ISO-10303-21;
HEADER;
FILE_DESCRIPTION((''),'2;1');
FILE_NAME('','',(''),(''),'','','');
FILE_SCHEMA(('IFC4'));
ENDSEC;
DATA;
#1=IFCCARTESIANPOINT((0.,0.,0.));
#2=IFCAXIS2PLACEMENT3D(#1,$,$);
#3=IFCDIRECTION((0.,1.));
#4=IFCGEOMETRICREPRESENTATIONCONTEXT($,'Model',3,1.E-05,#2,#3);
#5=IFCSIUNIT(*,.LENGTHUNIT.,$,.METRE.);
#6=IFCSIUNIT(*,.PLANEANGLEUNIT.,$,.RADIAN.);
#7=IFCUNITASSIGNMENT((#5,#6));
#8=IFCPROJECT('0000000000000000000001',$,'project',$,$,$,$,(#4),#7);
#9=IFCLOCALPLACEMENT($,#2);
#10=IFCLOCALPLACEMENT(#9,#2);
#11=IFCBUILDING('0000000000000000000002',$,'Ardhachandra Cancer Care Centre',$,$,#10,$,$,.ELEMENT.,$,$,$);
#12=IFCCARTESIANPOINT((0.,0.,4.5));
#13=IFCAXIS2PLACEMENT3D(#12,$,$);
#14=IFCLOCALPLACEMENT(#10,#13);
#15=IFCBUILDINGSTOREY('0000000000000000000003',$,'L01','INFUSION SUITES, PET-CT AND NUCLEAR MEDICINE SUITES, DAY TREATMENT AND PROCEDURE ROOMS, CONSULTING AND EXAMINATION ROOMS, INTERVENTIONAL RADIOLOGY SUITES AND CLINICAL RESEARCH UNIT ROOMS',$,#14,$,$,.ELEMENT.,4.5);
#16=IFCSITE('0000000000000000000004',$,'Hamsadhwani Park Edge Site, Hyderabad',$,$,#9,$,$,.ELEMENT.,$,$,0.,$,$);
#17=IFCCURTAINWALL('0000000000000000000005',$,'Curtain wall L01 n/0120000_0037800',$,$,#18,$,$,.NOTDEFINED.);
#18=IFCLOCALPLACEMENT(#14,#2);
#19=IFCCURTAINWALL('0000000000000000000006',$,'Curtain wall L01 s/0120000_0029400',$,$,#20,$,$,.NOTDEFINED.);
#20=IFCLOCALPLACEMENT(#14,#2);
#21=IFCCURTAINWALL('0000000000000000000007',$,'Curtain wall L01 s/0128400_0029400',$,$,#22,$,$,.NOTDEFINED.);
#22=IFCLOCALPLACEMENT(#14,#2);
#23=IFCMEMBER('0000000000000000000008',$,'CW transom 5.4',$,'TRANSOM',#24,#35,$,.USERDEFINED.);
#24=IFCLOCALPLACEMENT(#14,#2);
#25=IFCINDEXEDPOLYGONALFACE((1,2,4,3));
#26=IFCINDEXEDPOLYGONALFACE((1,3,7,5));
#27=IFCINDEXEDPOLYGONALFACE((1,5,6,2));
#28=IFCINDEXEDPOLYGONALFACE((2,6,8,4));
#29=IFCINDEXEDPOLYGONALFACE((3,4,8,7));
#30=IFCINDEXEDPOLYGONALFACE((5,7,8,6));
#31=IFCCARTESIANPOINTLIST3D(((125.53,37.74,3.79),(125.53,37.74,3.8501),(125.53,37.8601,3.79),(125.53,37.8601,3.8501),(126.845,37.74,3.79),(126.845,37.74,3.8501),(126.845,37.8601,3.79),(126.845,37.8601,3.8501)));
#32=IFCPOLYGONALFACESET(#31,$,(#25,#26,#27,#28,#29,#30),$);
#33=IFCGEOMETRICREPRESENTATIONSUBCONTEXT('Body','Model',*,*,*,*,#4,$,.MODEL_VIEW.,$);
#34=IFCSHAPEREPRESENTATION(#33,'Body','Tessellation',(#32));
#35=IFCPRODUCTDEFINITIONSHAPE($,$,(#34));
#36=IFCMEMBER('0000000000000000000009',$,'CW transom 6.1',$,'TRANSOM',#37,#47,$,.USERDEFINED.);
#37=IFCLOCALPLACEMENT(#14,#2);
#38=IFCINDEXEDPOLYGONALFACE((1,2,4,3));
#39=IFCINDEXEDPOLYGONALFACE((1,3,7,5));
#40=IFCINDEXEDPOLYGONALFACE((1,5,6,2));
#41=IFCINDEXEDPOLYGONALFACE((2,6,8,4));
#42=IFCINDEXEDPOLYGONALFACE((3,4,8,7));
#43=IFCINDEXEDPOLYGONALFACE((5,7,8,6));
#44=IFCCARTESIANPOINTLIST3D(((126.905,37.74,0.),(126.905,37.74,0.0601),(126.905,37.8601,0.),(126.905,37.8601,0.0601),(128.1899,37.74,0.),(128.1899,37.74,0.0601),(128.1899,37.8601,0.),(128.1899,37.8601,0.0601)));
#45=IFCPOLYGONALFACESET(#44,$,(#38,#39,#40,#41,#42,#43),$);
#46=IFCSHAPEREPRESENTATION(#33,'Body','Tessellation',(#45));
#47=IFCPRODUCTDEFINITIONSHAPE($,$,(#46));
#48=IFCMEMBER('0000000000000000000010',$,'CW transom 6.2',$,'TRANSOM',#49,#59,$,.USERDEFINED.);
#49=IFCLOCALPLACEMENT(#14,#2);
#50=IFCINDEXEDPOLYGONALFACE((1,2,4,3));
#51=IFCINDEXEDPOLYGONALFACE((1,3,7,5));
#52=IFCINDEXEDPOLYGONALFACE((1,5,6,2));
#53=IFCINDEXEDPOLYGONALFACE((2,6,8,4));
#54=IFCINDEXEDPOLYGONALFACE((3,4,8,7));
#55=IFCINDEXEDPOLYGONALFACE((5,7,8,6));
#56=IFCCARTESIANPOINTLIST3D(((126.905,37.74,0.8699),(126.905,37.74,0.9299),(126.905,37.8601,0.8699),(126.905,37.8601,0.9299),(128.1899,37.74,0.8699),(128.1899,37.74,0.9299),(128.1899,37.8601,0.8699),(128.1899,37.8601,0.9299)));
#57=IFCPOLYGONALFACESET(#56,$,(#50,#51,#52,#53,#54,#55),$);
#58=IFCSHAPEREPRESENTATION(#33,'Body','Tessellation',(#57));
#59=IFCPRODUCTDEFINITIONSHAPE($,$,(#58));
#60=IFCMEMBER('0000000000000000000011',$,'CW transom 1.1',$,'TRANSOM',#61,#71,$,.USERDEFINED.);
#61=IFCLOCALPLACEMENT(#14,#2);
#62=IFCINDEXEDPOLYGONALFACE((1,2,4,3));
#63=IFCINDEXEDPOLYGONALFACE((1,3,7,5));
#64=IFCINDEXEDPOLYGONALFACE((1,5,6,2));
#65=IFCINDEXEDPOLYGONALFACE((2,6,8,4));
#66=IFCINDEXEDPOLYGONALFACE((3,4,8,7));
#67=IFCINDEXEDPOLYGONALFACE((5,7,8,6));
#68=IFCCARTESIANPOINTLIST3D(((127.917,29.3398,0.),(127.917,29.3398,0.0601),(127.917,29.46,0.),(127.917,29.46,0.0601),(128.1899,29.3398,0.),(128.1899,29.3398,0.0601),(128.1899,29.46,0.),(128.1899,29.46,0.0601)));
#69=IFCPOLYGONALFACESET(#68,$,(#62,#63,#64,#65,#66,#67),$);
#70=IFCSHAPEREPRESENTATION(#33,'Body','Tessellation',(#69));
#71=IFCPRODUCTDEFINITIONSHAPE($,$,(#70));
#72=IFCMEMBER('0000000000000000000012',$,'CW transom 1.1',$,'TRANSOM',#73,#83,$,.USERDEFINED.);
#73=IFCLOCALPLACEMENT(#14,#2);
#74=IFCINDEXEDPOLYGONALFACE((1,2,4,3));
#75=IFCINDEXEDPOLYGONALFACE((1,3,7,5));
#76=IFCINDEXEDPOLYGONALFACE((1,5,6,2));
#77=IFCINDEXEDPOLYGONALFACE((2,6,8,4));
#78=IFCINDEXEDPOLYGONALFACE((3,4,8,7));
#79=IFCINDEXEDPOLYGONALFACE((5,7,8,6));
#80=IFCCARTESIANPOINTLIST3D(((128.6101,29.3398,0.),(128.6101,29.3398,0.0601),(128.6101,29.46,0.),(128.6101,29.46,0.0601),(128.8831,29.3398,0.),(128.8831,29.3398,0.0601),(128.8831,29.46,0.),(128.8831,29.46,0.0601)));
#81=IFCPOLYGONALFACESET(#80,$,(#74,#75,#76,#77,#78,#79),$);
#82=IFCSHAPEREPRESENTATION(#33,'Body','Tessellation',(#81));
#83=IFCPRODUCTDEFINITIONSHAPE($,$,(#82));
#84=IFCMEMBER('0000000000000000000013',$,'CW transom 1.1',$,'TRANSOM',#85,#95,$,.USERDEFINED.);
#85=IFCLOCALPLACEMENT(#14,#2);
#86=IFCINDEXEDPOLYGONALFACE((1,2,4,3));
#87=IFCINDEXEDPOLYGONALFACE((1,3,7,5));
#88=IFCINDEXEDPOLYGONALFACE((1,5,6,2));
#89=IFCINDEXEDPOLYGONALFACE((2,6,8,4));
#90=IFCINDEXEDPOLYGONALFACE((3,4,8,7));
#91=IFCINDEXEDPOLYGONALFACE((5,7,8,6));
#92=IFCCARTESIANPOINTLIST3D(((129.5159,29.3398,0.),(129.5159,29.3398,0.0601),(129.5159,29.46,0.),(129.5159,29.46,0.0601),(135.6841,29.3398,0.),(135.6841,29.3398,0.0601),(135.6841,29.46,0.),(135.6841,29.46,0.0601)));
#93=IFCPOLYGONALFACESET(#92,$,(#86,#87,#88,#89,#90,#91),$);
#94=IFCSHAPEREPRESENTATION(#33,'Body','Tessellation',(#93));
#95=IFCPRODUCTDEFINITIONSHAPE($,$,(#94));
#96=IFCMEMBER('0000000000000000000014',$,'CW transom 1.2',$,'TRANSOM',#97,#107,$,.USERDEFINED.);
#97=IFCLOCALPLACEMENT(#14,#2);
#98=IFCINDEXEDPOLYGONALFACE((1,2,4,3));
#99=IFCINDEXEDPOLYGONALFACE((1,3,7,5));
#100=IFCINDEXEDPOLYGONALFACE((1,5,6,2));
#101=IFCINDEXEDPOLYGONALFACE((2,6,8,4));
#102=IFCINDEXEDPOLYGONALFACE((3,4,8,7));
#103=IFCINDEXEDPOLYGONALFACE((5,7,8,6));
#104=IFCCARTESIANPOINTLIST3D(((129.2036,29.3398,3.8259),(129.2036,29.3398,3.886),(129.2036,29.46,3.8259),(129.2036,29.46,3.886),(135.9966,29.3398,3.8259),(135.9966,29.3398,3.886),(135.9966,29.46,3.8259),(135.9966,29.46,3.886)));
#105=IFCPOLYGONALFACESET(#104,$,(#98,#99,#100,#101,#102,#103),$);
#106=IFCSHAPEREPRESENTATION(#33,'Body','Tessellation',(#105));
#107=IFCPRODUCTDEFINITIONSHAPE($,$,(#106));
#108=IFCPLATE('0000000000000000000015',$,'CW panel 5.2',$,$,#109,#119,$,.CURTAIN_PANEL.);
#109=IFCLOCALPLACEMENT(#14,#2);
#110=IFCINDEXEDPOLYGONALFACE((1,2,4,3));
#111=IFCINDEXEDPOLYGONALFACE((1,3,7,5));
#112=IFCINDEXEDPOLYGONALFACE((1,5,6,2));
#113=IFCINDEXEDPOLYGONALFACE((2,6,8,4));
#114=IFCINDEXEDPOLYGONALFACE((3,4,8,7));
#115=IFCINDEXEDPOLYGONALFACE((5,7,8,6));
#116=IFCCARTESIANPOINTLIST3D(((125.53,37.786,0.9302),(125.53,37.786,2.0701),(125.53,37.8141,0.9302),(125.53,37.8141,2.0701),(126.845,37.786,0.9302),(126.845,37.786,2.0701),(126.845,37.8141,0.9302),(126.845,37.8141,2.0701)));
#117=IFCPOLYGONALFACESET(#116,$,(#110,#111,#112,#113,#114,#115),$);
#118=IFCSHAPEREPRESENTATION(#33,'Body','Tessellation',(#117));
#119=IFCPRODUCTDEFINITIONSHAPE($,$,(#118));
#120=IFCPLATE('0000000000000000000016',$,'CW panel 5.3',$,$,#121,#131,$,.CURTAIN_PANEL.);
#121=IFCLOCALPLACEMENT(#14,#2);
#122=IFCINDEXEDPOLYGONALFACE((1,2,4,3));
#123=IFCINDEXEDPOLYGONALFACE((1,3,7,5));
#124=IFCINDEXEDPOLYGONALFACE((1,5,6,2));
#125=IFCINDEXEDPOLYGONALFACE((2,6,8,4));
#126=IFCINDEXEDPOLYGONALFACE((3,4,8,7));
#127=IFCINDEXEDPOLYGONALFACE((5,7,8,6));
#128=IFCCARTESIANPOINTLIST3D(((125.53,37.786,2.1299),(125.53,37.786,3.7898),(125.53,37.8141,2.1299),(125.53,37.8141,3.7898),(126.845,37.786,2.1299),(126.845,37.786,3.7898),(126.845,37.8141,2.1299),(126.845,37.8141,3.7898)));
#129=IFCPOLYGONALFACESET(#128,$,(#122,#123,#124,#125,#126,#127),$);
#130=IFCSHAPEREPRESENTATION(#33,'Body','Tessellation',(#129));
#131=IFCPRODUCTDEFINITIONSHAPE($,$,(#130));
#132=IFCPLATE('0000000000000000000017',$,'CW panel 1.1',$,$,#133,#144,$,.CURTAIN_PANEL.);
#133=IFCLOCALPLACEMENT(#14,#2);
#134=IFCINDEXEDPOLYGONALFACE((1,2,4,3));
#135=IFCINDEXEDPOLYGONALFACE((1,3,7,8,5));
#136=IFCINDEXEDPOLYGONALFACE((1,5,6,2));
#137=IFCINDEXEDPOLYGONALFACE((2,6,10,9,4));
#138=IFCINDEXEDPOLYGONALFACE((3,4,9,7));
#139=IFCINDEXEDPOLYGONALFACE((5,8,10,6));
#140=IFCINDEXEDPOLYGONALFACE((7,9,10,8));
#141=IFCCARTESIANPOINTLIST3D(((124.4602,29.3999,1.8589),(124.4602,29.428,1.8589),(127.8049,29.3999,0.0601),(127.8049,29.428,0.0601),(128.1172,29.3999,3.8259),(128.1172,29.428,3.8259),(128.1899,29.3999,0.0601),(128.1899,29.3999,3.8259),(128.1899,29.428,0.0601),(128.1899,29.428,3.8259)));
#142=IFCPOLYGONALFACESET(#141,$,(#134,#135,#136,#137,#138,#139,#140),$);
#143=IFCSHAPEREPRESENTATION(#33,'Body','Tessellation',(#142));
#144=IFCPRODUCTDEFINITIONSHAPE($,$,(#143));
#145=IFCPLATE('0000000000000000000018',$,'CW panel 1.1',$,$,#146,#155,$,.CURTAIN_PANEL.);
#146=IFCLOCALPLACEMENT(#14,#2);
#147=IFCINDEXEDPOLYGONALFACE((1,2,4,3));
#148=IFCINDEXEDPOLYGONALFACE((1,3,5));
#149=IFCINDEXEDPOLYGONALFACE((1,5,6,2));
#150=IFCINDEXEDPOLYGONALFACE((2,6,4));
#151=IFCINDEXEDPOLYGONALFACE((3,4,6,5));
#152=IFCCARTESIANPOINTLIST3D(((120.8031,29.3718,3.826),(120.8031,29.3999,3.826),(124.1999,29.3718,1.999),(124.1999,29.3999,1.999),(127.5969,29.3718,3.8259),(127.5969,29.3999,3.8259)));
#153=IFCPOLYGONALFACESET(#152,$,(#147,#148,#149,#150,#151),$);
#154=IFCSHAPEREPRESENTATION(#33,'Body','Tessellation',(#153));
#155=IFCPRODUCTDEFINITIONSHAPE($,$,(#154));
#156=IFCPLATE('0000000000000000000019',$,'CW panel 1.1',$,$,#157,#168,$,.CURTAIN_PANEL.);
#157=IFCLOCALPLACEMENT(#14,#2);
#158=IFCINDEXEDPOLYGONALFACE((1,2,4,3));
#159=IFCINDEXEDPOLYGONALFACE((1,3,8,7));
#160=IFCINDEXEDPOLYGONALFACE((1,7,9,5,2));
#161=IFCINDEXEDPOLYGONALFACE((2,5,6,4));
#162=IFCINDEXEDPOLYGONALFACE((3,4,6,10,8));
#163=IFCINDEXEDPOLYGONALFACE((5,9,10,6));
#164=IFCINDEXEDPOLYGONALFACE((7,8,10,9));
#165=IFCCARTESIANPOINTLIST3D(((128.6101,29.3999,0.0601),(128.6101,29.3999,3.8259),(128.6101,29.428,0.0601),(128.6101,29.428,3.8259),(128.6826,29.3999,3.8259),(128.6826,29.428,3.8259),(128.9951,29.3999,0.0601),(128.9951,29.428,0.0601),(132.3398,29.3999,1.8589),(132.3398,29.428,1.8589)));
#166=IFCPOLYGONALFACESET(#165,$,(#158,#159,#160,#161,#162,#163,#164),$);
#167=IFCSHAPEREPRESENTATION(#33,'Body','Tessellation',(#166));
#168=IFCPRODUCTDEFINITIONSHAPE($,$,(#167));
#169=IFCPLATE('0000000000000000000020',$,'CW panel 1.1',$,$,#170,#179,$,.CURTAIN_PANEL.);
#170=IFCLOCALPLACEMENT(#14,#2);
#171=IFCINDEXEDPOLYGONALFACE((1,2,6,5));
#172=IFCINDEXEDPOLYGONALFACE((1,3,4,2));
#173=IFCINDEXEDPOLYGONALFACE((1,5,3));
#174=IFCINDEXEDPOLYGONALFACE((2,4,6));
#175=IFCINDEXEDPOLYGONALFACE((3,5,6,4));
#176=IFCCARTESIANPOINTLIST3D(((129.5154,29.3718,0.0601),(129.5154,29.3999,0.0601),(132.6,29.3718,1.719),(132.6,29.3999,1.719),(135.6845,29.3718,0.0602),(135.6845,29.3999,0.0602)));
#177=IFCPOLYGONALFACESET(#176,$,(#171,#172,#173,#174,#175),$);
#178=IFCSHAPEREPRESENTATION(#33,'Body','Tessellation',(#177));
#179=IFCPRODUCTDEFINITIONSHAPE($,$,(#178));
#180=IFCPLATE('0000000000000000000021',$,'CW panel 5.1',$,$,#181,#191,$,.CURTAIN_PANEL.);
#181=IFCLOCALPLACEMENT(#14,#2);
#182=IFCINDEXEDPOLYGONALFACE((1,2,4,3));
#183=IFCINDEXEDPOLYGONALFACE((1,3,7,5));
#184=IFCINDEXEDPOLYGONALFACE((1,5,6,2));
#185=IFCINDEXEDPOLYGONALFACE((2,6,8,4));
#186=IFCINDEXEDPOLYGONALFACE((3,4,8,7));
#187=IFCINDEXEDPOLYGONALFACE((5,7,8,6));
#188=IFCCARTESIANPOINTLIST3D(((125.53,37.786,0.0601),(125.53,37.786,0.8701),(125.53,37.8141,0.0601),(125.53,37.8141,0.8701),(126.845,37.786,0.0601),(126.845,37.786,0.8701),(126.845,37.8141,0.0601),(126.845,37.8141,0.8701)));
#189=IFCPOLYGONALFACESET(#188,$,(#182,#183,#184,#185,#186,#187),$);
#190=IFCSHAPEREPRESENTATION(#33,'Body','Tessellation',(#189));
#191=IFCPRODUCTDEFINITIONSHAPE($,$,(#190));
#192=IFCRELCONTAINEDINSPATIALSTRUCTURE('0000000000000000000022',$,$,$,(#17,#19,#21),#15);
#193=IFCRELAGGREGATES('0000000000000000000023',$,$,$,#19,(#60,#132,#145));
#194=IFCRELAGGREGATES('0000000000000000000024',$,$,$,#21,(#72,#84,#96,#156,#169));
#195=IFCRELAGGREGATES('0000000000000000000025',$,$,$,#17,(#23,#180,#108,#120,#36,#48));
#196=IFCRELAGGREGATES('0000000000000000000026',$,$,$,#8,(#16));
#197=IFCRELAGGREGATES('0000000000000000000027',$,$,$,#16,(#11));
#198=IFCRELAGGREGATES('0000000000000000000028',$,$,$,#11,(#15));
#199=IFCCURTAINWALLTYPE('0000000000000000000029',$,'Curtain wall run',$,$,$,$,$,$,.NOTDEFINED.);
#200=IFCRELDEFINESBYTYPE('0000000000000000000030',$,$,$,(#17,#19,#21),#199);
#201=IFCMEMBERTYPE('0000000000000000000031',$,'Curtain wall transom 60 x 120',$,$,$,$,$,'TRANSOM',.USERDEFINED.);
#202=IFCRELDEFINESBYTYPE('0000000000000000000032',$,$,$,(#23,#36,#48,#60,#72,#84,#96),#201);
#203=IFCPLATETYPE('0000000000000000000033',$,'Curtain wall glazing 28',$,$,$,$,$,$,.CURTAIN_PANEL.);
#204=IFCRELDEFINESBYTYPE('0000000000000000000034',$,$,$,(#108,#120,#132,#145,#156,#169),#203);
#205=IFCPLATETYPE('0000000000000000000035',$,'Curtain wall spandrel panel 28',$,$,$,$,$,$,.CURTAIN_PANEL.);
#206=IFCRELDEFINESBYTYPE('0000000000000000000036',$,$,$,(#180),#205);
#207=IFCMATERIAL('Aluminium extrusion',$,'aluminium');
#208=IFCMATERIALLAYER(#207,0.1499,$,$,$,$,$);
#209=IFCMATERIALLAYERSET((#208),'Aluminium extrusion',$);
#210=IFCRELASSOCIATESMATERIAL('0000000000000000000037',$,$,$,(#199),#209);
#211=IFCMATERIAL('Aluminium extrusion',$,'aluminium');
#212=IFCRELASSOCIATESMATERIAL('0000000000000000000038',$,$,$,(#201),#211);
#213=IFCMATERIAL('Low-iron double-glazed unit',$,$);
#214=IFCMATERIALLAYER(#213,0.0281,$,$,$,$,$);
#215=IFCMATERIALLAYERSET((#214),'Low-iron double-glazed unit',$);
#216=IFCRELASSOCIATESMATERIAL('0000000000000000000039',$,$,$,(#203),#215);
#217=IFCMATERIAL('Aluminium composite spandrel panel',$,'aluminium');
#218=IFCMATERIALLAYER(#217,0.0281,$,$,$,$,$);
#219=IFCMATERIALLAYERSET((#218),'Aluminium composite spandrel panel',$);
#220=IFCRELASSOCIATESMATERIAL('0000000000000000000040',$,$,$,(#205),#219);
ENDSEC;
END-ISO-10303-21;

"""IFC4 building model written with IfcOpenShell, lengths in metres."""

from ifc_helpers import new_model, si_unit, direction, frame, origin, origin_2d, place, context, subcontext, project, spatial, polyline, rectangle, outline, extrude, material, layer, layer_set, material_profile, profile_set, type_object, element, aggregate, save


model = new_model("IFC4")

# Units and contexts
model_context = context("Model", 3, precision=1e-05, world=origin(), true_north=direction((0.0, 1.0)))
body_context = subcontext(model_context, "Body", "Model", "MODEL_VIEW")
ifc_project = project(units=[si_unit("LENGTHUNIT", "METRE"), si_unit("PLANEANGLEUNIT", "RADIAN")], contexts=[model_context])

# Site, building, storey
site_placement = place(None, origin())
site = spatial("IfcSite", under=ifc_project, at=site_placement, Name="Hamsadhwani Park Edge Site, Hyderabad", CompositionType="ELEMENT", RefElevation=0.0)
building_placement = place(site_placement, origin())
building = spatial("IfcBuilding", under=site, at=building_placement, Name="Ardhachandra Cancer Care Centre", CompositionType="ELEMENT")
storey_placement = place(building_placement, frame((0.0, 0.0, 4.5)))
storey = spatial("IfcBuildingStorey", under=building, at=storey_placement, Name="L01", Description="INFUSION SUITES, PET-CT AND NUCLEAR MEDICINE SUITES, DAY TREATMENT AND PROCEDURE ROOMS, CONSULTING AND EXAMINATION ROOMS, INTERVENTIONAL RADIOLOGY SUITES AND CLINICAL RESEARCH UNIT ROOMS", CompositionType="ELEMENT", Elevation=4.5)

# Curtain walls
ifc_material_1 = material(Name="Aluminium extrusion", Category="aluminium")
ifc_layer_1 = layer(ifc_material_1, 0.1499)
ifc_layer_set_1 = layer_set([ifc_layer_1], Name="Aluminium extrusion")
curtain_wall_type = type_object("IfcCurtainWallType", Name="Curtain wall run", PredefinedType="NOTDEFINED", material=ifc_layer_set_1)
curtain_wall_1_placement = place(storey_placement, origin())
curtain_wall_1 = element("IfcCurtainWall", 1, at=curtain_wall_1_placement, inside=storey, type_object=curtain_wall_type, Name="Curtain wall L01 n/0120000_0037800", PredefinedType="NOTDEFINED")
curtain_wall_2_placement = place(storey_placement, origin())
curtain_wall_2 = element("IfcCurtainWall", 2, at=curtain_wall_2_placement, inside=storey, type_object=curtain_wall_type, Name="Curtain wall L01 s/0120000_0029400", PredefinedType="NOTDEFINED")
curtain_wall_3_placement = place(storey_placement, origin())
curtain_wall_3 = element("IfcCurtainWall", 3, at=curtain_wall_3_placement, inside=storey, type_object=curtain_wall_type, Name="Curtain wall L01 s/0128400_0029400", PredefinedType="NOTDEFINED")

# Members
ifc_material_2 = material(Name="Aluminium extrusion", Category="aluminium")
ifc_material_profile_1 = material_profile(ifc_material_2, rectangle(XDim=0.1201, YDim=0.0601, at=origin_2d()), Name="Curtain wall transom 60 x 120")
ifc_profile_set_1 = profile_set([ifc_material_profile_1], Name="Aluminium extrusion")
member_type_1 = type_object("IfcMemberType", Name="Curtain wall transom 60 x 120", ElementType="TRANSOM", PredefinedType="USERDEFINED", material=ifc_profile_set_1)
member_1_placement = place(storey_placement, frame((125.53, 37.8, 3.8201), z_axis=(1.0, 0.0, 0.0), x_axis=(0.0, 1.0, 0.0)))
member_1 = element("IfcMember", 4, at=member_1_placement, type_object=member_type_1, Name="CW transom 5.4", ObjectType="TRANSOM", PredefinedType="USERDEFINED", context=body_context, shape_type="SweptSolid", body=[
    extrude(rectangle(XDim=0.1201, YDim=0.0601, at=origin_2d()), origin(), (0.0, 0.0, 1.0), 1.3149),
])
member_2_placement = place(storey_placement, frame((126.905, 37.8, 0.03), z_axis=(1.0, 0.0, 0.0), x_axis=(0.0, 1.0, 0.0)))
member_2 = element("IfcMember", 5, at=member_2_placement, type_object=member_type_1, Name="CW transom 6.1", ObjectType="TRANSOM", PredefinedType="USERDEFINED", context=body_context, shape_type="SweptSolid", body=[
    extrude(rectangle(XDim=0.1201, YDim=0.0601, at=origin_2d()), origin(), (0.0, 0.0, 1.0), 1.2849),
])
member_3_placement = place(storey_placement, frame((126.905, 37.8, 0.8999), z_axis=(1.0, 0.0, 0.0), x_axis=(0.0, 1.0, 0.0)))
member_3 = element("IfcMember", 6, at=member_3_placement, type_object=member_type_1, Name="CW transom 6.2", ObjectType="TRANSOM", PredefinedType="USERDEFINED", context=body_context, shape_type="SweptSolid", body=[
    extrude(rectangle(XDim=0.1201, YDim=0.0601, at=origin_2d()), origin(), (0.0, 0.0, 1.0), 1.2849),
])
member_4_placement = place(storey_placement, frame((127.917, 29.3999, 0.03), z_axis=(1.0, 0.0, 0.0), x_axis=(0.0, 1.0, 0.0)))
member_4 = element("IfcMember", 7, at=member_4_placement, type_object=member_type_1, Name="CW transom 1.1", ObjectType="TRANSOM", PredefinedType="USERDEFINED", context=body_context, shape_type="SweptSolid", body=[
    extrude(rectangle(XDim=0.1201, YDim=0.0601, at=origin_2d()), origin(), (0.0, 0.0, 1.0), 0.2729),
])
member_5_placement = place(storey_placement, frame((128.6101, 29.3999, 0.03), z_axis=(1.0, 0.0, 0.0), x_axis=(0.0, 1.0, 0.0)))
member_5 = element("IfcMember", 8, at=member_5_placement, type_object=member_type_1, Name="CW transom 1.1", ObjectType="TRANSOM", PredefinedType="USERDEFINED", context=body_context, shape_type="SweptSolid", body=[
    extrude(rectangle(XDim=0.1201, YDim=0.0601, at=origin_2d()), origin(), (0.0, 0.0, 1.0), 0.2729),
])
member_6_placement = place(storey_placement, frame((129.5159, 29.3999, 0.03), z_axis=(1.0, 0.0, 0.0), x_axis=(0.0, 1.0, 0.0)))
member_6 = element("IfcMember", 9, at=member_6_placement, type_object=member_type_1, Name="CW transom 1.1", ObjectType="TRANSOM", PredefinedType="USERDEFINED", context=body_context, shape_type="SweptSolid", body=[
    extrude(rectangle(XDim=0.1201, YDim=0.0601, at=origin_2d()), origin(), (0.0, 0.0, 1.0), 6.1682),
])
member_7_placement = place(storey_placement, frame((129.2036, 29.3999, 3.856), z_axis=(1.0, 0.0, 0.0), x_axis=(0.0, 1.0, 0.0)))
member_7 = element("IfcMember", 10, at=member_7_placement, type_object=member_type_1, Name="CW transom 1.2", ObjectType="TRANSOM", PredefinedType="USERDEFINED", context=body_context, shape_type="SweptSolid", body=[
    extrude(rectangle(XDim=0.1201, YDim=0.0601, at=origin_2d()), origin(), (0.0, 0.0, 1.0), 6.793),
])

# Plates
ifc_material_3 = material(Name="Low-iron double-glazed unit")
ifc_layer_2 = layer(ifc_material_3, 0.0281)
ifc_layer_set_2 = layer_set([ifc_layer_2], Name="Low-iron double-glazed unit")
plate_type_1 = type_object("IfcPlateType", Name="Curtain wall glazing 28", PredefinedType="CURTAIN_PANEL", material=ifc_layer_set_2)
plate_1_placement = place(storey_placement, frame((126.1875, 37.8, 0.9302), z_axis=(0.0, 0.0, 1.0), x_axis=(1.0, 0.0, 0.0)))
plate_1 = element("IfcPlate", 11, at=plate_1_placement, type_object=plate_type_1, Name="CW panel 5.2", PredefinedType="CURTAIN_PANEL", context=body_context, shape_type="SweptSolid", body=[
    extrude(rectangle(XDim=1.3149, YDim=0.0281, at=origin_2d()), origin(), (0.0, 0.0, 1.0), 1.1399),
])
plate_2_placement = place(storey_placement, frame((126.1875, 37.8, 2.1299), z_axis=(0.0, 0.0, 1.0), x_axis=(1.0, 0.0, 0.0)))
plate_2 = element("IfcPlate", 12, at=plate_2_placement, type_object=plate_type_1, Name="CW panel 5.3", PredefinedType="CURTAIN_PANEL", context=body_context, shape_type="SweptSolid", body=[
    extrude(rectangle(XDim=1.3149, YDim=0.0281, at=origin_2d()), origin(), (0.0, 0.0, 1.0), 1.6599),
])
plate_3_placement = place(storey_placement, frame((128.1899, 29.3999, 3.8259), z_axis=(0.0, 1.0, 0.0), x_axis=(0.0, 0.0, -1.0)))
plate_3 = element("IfcPlate", 13, at=plate_3_placement, type_object=plate_type_1, Name="CW panel 1.1", PredefinedType="CURTAIN_PANEL", context=body_context, shape_type="SweptSolid", body=[
    extrude(outline(polyline([(0.0, 0.0), (3.7659, 0.0), (3.7659, 0.385), (1.967, 3.7297), (0.0, 0.0728), (0.0, 0.0)])), origin(), (0.0, 0.0, 1.0), 0.0281),
])
plate_4_placement = place(storey_placement, frame((127.5969, 29.3999, 3.8259), z_axis=(0.0, 1.0, 0.0), x_axis=(-0.880713, 0.0, -0.473651)))
plate_4 = element("IfcPlate", 14, at=plate_4_placement, type_object=plate_type_1, Name="CW panel 1.1", PredefinedType="CURTAIN_PANEL", context=body_context, shape_type="SweptSolid", body=[
    extrude(outline(polyline([(0.0, 0.0), (3.8572, 0.0), (5.9834, 3.218), (0.0, 0.0)])), frame((0.0, 0.0, -0.0281)), (0.0, 0.0, 1.0), 0.0281),
])
aggregate(curtain_wall_2, [member_4, plate_3, plate_4])
plate_5_placement = place(storey_placement, frame((128.6101, 29.3999, 0.0601), z_axis=(0.0, 1.0, 0.0), x_axis=(0.0, 0.0, 1.0)))
plate_5 = element("IfcPlate", 15, at=plate_5_placement, type_object=plate_type_1, Name="CW panel 1.1", PredefinedType="CURTAIN_PANEL", context=body_context, shape_type="SweptSolid", body=[
    extrude(outline(polyline([(0.0, 0.0), (3.7659, 0.0), (3.7659, 0.0725), (1.7988, 3.7297), (0.0, 0.385), (0.0, 0.0)])), origin(), (0.0, 0.0, 1.0), 0.0281),
])
plate_6_placement = place(storey_placement, frame((129.5154, 29.3999, 0.0601), z_axis=(0.0, 1.0, 0.0), x_axis=(0.880717, 0.0, 0.473643)))
plate_6 = element("IfcPlate", 16, at=plate_6_placement, type_object=plate_type_1, Name="CW panel 1.1", PredefinedType="CURTAIN_PANEL", context=body_context, shape_type="SweptSolid", body=[
    extrude(outline(polyline([(0.0, 0.0), (3.5024, 0.0), (5.4333, 2.9219), (0.0, 0.0)])), frame((0.0, 0.0, -0.0281)), (0.0, 0.0, 1.0), 0.0281),
])
aggregate(curtain_wall_3, [member_5, member_6, member_7, plate_5, plate_6])
ifc_material_4 = material(Name="Aluminium composite spandrel panel", Category="aluminium")
ifc_layer_3 = layer(ifc_material_4, 0.0281)
ifc_layer_set_3 = layer_set([ifc_layer_3], Name="Aluminium composite spandrel panel")
plate_type_2 = type_object("IfcPlateType", Name="Curtain wall spandrel panel 28", PredefinedType="CURTAIN_PANEL", material=ifc_layer_set_3)
plate_7_placement = place(storey_placement, frame((126.1875, 37.8, 0.0601), z_axis=(0.0, 0.0, 1.0), x_axis=(1.0, 0.0, 0.0)))
plate_7 = element("IfcPlate", 17, at=plate_7_placement, type_object=plate_type_2, Name="CW panel 5.1", PredefinedType="CURTAIN_PANEL", context=body_context, shape_type="SweptSolid", body=[
    extrude(rectangle(XDim=1.3149, YDim=0.0281, at=origin_2d()), origin(), (0.0, 0.0, 1.0), 0.8101),
])
aggregate(curtain_wall_1, [member_1, plate_7, plate_1, plate_2, member_2, member_3])

save(model, "model.ifc")
